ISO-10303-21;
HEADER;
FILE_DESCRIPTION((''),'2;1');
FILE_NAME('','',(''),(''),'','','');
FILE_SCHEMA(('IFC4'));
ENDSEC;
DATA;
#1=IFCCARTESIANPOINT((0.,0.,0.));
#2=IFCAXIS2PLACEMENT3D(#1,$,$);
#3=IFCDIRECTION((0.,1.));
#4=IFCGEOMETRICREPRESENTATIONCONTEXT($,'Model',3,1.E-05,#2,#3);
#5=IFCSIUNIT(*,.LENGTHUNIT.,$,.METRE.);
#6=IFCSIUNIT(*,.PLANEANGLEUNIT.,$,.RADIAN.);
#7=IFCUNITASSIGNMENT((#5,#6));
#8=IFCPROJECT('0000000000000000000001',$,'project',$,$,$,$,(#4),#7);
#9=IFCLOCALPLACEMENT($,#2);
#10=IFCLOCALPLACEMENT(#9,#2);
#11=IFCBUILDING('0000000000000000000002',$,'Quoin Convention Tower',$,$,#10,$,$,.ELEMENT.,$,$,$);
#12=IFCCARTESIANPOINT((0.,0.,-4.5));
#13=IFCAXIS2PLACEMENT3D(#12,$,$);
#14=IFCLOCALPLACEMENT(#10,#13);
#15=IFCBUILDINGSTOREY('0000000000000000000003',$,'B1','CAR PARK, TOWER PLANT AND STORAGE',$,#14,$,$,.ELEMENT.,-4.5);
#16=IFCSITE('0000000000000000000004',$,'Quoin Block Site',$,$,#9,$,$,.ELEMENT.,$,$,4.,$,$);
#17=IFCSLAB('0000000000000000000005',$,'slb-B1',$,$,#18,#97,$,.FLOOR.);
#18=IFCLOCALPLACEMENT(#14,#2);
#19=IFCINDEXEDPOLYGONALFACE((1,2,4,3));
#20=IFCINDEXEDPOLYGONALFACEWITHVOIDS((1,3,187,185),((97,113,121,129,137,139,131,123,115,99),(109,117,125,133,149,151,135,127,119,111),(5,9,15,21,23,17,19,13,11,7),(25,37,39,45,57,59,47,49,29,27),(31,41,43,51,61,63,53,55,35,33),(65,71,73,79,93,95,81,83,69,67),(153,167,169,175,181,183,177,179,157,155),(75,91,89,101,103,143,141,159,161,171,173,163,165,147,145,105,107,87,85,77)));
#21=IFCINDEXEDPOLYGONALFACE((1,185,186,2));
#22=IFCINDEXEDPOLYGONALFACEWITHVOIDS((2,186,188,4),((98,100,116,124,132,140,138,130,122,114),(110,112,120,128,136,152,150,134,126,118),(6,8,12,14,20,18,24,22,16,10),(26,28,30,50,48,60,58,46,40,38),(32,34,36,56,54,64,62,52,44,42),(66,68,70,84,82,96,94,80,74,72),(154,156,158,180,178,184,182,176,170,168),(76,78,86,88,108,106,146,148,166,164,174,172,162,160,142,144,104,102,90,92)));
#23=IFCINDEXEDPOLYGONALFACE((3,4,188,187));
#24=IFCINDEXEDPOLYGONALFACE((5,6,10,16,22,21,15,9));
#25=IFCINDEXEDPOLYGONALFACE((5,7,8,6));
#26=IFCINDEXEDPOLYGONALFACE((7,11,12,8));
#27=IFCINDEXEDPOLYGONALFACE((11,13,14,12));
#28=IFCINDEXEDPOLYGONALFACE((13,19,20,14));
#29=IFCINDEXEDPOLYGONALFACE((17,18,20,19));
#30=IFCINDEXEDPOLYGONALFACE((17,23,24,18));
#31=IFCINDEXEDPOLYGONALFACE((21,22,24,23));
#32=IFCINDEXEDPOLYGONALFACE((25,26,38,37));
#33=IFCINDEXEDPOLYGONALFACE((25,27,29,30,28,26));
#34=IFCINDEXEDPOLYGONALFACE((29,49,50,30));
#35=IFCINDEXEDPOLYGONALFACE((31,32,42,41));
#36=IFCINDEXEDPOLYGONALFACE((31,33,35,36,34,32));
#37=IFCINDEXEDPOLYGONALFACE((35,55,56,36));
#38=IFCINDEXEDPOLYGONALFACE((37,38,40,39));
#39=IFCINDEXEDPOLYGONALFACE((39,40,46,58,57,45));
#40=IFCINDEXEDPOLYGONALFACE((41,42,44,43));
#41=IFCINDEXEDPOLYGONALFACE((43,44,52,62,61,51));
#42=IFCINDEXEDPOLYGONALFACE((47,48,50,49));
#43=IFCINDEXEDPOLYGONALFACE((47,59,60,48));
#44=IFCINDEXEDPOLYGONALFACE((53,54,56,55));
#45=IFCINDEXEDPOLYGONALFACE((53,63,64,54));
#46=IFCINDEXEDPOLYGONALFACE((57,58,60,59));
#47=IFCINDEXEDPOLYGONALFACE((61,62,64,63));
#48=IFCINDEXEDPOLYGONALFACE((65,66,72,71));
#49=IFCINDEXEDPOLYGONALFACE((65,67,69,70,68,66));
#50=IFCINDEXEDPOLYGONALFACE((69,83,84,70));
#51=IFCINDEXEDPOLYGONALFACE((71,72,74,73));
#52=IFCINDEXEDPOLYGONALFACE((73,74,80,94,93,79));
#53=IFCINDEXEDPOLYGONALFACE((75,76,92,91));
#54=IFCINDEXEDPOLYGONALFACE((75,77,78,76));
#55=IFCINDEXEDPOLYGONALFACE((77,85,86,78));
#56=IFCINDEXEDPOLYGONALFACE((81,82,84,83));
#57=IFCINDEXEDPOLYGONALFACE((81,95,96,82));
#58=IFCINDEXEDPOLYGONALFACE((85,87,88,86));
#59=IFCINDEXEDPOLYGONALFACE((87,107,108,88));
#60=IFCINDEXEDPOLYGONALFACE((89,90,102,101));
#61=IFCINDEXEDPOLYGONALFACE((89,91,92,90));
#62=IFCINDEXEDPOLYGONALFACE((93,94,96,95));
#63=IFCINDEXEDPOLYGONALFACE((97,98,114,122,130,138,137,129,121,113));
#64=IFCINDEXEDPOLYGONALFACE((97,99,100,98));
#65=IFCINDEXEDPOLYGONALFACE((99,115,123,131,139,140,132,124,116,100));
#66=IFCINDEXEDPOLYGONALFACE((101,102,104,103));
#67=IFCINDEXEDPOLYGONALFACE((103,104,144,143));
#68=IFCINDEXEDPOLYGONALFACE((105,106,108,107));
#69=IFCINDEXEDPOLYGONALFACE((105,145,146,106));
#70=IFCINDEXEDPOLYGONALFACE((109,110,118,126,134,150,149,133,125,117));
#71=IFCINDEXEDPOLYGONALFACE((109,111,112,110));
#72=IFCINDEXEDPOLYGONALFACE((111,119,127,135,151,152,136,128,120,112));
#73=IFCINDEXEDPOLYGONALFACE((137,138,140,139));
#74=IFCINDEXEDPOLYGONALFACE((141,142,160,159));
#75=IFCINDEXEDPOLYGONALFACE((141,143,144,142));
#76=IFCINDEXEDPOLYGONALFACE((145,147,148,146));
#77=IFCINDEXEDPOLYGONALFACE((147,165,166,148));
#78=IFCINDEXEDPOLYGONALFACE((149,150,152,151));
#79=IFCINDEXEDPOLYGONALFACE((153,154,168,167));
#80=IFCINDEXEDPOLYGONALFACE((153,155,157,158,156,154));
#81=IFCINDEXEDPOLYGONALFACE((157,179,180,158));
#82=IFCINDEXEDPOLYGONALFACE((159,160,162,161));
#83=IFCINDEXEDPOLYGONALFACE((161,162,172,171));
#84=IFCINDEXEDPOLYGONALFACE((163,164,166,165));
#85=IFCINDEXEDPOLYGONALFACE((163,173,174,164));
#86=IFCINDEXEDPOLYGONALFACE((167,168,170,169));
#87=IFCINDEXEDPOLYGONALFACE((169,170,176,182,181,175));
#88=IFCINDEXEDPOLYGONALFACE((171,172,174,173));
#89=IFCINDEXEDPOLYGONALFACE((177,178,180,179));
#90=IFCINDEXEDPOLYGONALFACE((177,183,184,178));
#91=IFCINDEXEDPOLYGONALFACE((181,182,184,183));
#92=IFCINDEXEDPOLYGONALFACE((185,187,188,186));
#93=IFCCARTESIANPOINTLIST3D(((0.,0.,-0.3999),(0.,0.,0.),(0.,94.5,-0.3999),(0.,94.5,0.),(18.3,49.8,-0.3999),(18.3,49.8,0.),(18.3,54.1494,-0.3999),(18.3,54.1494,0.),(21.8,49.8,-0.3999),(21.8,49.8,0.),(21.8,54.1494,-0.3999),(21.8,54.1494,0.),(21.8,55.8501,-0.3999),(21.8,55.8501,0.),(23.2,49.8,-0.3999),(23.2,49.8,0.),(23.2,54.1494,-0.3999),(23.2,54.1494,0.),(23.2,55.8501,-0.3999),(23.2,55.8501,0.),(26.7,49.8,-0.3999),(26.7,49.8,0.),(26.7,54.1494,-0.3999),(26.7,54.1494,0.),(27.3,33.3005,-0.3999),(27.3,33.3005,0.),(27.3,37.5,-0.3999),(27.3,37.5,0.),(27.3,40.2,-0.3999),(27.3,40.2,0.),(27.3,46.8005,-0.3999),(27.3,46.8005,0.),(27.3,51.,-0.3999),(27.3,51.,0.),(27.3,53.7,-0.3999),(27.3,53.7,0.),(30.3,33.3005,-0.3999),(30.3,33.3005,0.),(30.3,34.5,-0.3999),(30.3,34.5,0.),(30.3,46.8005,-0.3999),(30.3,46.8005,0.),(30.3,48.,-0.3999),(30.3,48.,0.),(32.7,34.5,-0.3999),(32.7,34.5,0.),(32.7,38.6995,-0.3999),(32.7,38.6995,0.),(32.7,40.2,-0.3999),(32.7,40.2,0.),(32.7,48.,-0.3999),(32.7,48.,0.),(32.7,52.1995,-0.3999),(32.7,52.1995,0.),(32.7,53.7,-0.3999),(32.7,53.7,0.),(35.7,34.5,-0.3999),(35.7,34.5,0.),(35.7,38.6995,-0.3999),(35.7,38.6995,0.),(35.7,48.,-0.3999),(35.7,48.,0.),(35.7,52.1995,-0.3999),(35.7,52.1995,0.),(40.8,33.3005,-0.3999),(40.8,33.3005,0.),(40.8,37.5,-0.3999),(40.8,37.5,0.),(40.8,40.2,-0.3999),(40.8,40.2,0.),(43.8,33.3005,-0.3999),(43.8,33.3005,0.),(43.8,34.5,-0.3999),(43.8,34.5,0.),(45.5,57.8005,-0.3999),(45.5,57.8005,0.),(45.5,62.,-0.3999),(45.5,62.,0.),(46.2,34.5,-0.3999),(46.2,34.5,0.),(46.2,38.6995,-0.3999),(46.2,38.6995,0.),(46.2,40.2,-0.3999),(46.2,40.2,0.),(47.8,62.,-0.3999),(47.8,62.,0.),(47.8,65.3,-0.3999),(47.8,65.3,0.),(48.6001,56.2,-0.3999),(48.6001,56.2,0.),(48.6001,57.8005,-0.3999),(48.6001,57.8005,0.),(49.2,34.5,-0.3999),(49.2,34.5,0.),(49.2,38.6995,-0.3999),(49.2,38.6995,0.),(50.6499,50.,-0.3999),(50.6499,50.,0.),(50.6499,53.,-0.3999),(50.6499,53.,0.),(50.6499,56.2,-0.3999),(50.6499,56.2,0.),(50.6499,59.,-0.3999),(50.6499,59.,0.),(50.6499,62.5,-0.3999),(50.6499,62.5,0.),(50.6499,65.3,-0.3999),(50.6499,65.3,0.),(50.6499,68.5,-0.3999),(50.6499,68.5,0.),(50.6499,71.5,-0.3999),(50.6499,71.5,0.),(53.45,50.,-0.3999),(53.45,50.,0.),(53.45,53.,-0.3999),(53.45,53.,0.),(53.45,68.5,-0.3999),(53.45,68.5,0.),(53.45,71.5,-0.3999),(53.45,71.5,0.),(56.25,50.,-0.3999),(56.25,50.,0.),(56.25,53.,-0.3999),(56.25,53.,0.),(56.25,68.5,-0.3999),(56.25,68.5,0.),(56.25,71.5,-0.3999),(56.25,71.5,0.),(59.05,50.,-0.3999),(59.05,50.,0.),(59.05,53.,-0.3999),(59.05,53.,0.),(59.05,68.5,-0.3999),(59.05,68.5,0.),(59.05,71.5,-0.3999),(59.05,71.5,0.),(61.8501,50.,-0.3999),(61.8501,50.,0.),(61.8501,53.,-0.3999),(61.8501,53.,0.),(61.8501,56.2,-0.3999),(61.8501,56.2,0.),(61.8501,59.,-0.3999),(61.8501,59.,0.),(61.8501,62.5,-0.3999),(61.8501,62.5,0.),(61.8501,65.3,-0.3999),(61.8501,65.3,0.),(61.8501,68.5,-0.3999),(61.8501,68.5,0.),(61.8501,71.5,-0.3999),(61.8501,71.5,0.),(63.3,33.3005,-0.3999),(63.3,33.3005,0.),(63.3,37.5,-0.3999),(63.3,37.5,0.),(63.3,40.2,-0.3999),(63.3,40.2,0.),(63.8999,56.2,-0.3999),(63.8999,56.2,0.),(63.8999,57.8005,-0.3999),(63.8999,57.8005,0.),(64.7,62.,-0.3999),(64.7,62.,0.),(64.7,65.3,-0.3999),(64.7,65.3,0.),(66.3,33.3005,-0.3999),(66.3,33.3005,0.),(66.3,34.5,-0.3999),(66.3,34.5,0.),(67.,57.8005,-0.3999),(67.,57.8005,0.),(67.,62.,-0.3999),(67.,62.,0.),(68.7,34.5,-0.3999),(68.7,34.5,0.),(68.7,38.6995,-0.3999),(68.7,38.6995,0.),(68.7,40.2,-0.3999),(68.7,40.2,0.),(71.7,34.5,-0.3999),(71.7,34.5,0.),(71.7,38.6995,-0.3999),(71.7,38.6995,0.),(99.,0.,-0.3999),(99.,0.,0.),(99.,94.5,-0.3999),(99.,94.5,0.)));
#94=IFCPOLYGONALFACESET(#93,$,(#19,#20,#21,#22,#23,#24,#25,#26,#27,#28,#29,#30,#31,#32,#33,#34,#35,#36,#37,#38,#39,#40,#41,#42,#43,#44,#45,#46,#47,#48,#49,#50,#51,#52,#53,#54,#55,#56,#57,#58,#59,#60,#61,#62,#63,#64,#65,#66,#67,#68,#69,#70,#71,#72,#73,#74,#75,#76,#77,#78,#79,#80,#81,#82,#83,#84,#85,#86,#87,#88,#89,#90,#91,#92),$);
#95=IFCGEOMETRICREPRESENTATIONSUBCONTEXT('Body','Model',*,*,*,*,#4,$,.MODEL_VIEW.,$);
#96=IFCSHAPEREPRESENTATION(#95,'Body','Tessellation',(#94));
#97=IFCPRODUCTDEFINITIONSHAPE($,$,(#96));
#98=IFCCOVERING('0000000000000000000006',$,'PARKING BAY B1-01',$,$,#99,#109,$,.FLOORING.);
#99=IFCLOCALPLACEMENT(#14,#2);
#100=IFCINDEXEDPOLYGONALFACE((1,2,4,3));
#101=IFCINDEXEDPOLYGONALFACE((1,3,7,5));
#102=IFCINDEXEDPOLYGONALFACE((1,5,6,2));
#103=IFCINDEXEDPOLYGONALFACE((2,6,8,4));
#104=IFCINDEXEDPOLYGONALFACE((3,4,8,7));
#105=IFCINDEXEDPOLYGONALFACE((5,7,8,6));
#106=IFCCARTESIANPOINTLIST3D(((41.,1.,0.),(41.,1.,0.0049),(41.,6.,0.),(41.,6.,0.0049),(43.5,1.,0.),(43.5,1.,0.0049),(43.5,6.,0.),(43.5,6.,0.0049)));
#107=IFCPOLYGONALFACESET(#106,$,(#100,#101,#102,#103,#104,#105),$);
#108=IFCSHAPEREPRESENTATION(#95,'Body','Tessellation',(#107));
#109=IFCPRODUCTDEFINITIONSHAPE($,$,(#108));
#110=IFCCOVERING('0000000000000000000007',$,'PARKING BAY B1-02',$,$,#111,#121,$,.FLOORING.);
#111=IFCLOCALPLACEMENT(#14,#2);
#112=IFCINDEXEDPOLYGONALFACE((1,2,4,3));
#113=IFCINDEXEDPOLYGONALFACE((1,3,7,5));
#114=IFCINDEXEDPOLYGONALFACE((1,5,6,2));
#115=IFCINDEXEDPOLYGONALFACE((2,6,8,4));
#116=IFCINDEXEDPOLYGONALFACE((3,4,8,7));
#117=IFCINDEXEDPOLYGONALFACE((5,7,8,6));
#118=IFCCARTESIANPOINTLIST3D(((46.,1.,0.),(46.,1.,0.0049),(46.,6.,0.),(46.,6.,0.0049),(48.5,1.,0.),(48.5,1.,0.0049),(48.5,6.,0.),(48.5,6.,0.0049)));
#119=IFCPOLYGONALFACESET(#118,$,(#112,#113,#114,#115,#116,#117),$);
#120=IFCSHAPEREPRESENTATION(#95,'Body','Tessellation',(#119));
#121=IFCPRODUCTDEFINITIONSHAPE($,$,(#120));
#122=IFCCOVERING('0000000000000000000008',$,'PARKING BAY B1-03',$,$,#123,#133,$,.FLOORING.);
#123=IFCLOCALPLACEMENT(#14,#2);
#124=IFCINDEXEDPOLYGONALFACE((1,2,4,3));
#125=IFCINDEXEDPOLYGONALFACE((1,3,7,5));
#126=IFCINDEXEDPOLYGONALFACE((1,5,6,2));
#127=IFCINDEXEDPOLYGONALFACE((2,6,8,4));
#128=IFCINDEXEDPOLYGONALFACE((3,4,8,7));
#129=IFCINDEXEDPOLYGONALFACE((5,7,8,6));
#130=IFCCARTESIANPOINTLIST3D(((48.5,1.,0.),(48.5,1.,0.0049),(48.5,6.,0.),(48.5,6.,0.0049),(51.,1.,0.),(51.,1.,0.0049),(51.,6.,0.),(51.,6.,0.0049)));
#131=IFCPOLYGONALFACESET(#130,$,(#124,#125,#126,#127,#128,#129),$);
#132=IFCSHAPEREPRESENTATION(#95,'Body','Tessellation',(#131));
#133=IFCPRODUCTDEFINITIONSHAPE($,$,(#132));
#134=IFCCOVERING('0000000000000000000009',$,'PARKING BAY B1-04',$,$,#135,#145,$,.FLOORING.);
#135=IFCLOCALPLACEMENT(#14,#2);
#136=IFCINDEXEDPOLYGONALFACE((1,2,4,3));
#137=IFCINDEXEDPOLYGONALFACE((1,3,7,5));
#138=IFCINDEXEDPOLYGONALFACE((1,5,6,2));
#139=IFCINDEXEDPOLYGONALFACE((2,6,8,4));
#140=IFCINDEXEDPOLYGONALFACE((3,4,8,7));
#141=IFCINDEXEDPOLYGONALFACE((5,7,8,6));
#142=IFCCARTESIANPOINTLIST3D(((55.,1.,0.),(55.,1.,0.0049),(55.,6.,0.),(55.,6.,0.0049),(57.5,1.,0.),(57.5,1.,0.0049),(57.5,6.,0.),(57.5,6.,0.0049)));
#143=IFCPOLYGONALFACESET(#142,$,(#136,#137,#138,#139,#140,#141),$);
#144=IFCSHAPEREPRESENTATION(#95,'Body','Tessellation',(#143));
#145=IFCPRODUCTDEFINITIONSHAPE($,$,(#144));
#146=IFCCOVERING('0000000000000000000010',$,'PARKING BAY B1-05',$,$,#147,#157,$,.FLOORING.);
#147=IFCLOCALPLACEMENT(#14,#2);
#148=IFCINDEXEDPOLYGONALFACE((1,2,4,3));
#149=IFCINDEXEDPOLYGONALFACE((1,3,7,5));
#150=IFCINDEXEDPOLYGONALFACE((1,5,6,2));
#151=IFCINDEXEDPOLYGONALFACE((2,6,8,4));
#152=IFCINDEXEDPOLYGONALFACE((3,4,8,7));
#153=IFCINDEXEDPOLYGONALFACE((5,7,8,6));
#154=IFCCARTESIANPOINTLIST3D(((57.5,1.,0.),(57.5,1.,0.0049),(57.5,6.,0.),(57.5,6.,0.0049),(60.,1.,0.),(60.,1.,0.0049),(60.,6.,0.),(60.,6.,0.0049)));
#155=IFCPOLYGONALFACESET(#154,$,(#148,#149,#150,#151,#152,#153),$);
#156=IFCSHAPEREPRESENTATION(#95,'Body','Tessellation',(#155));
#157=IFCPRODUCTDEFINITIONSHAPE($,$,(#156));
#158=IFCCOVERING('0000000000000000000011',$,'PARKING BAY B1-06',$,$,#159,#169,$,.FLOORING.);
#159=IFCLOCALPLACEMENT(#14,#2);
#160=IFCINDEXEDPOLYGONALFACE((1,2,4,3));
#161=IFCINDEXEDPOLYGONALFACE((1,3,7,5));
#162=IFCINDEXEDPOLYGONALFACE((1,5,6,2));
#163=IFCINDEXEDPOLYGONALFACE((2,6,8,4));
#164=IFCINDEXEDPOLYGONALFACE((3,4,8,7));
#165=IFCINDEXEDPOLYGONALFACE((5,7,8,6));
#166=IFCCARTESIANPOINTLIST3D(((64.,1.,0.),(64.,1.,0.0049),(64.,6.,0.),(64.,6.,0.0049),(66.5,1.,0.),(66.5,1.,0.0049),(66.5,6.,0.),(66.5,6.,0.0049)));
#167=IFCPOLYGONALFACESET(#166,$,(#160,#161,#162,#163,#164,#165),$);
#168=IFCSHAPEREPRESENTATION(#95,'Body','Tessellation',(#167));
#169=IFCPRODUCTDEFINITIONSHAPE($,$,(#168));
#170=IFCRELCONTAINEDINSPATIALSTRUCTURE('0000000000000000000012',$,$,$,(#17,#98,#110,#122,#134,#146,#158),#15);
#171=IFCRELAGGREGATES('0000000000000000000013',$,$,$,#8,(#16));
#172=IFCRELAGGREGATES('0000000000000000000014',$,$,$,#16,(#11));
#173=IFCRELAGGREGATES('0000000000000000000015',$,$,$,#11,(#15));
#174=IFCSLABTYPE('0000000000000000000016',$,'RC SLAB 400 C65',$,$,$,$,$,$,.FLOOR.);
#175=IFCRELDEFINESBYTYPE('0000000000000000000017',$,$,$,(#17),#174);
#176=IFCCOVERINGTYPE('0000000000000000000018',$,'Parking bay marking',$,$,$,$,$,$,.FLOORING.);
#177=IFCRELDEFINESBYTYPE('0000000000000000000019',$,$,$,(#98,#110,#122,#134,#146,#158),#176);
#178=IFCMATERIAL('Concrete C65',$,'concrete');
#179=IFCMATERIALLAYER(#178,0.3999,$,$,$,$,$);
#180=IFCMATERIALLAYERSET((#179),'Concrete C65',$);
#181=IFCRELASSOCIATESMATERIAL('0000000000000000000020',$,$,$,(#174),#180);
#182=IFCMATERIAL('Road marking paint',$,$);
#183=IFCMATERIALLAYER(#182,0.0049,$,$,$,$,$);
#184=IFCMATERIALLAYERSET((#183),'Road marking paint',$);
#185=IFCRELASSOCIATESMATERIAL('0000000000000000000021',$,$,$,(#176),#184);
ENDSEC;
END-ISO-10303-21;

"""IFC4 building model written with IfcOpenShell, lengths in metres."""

from ifc_helpers import new_model, si_unit, direction, frame, origin, place, context, subcontext, project, spatial, polyline, outline, extrude, material, layer, layer_set, type_object, element, save


model = new_model("IFC4")

# Units and contexts
model_context = context("Model", 3, precision=1e-05, world=origin(), true_north=direction((0.0, 1.0)))
body_context = subcontext(model_context, "Body", "Model", "MODEL_VIEW")
ifc_project = project(units=[si_unit("LENGTHUNIT", "METRE"), si_unit("PLANEANGLEUNIT", "RADIAN")], contexts=[model_context])

# Site, building, storey
site_placement = place(None, origin())
site = spatial("IfcSite", under=ifc_project, at=site_placement, Name="Quoin Block Site", CompositionType="ELEMENT", RefElevation=4.0)
building_placement = place(site_placement, origin())
building = spatial("IfcBuilding", under=site, at=building_placement, Name="Quoin Convention Tower", CompositionType="ELEMENT")
storey_placement = place(building_placement, frame((0.0, 0.0, -4.5)))
storey = spatial("IfcBuildingStorey", under=building, at=storey_placement, Name="B1", Description="CAR PARK, TOWER PLANT AND STORAGE", CompositionType="ELEMENT", Elevation=-4.5)

# Slab
ifc_material_1 = material(Name="Concrete C65", Category="concrete")
ifc_layer_1 = layer(ifc_material_1, 0.3999)
ifc_layer_set_1 = layer_set([ifc_layer_1], Name="Concrete C65")
slab_type = type_object("IfcSlabType", Name="RC SLAB 400 C65", PredefinedType="FLOOR", material=ifc_layer_set_1)
slab_placement = place(storey_placement, frame((0.0, 0.0, -0.3999)))
element("IfcSlab", 1, at=slab_placement, inside=storey, type_object=slab_type, Name="slb-B1", PredefinedType="FLOOR", context=body_context, shape_type="SweptSolid", body=[
    extrude(outline(polyline([(0.0, 0.0), (0.0, 94.5), (99.0, 94.5), (99.0, 0.0), (0.0, 0.0)]), holes=[polyline([(30.3, 33.3005), (30.3, 34.5), (32.7, 34.5), (35.7, 34.5), (35.7, 38.6995), (32.7, 38.6995), (32.7, 40.2), (27.3, 40.2), (27.3, 37.5), (27.3, 33.3005), (30.3, 33.3005)]), polyline([(43.8, 33.3005), (43.8, 34.5), (46.2, 34.5), (49.2, 34.5), (49.2, 38.6995), (46.2, 38.6995), (46.2, 40.2), (40.8, 40.2), (40.8, 37.5), (40.8, 33.3005), (43.8, 33.3005)]), polyline([(27.3, 53.7), (27.3, 51.0), (27.3, 46.8005), (30.3, 46.8005), (30.3, 48.0), (32.7, 48.0), (35.7, 48.0), (35.7, 52.1995), (32.7, 52.1995), (32.7, 53.7), (27.3, 53.7)]), polyline([(21.8, 55.8501), (21.8, 54.1494), (18.3, 54.1494), (18.3, 49.8), (21.8, 49.8), (23.2, 49.8), (26.7, 49.8), (26.7, 54.1494), (23.2, 54.1494), (23.2, 55.8501), (21.8, 55.8501)]), polyline([(47.8, 65.3), (47.8, 62.0), (45.5, 62.0), (45.5, 57.8005), (48.6001, 57.8005), (48.6001, 56.2), (50.6499, 56.2), (50.6499, 59.0), (61.8501, 59.0), (61.8501, 56.2), (63.8999, 56.2), (63.8999, 57.8005), (67.0, 57.8005), (67.0, 62.0), (64.7, 62.0), (64.7, 65.3), (61.8501, 65.3), (61.8501, 62.5), (50.6499, 62.5), (50.6499, 65.3), (47.8, 65.3)]), polyline([(63.3, 40.2), (63.3, 37.5), (63.3, 33.3005), (66.3, 33.3005), (66.3, 34.5), (68.7, 34.5), (71.7, 34.5), (71.7, 38.6995), (68.7, 38.6995), (68.7, 40.2), (63.3, 40.2)]), polyline([(56.25, 53.0), (53.45, 53.0), (50.6499, 53.0), (50.6499, 50.0), (53.45, 50.0), (56.25, 50.0), (59.05, 50.0), (61.8501, 50.0), (61.8501, 53.0), (59.05, 53.0), (56.25, 53.0)]), polyline([(61.8501, 68.5), (61.8501, 71.5), (59.05, 71.5), (56.25, 71.5), (53.45, 71.5), (50.6499, 71.5), (50.6499, 68.5), (53.45, 68.5), (56.25, 68.5), (59.05, 68.5), (61.8501, 68.5)])]), origin(), (0.0, 0.0, 1.0), 0.3999),
])

# Coverings
ifc_material_2 = material(Name="Road marking paint")
ifc_layer_2 = layer(ifc_material_2, 0.0049)
ifc_layer_set_2 = layer_set([ifc_layer_2], Name="Road marking paint")
covering_type = type_object("IfcCoveringType", Name="Parking bay marking", PredefinedType="FLOORING", material=ifc_layer_set_2)
covering_1_placement = place(storey_placement, origin())
element("IfcCovering", 2, at=covering_1_placement, inside=storey, type_object=covering_type, Name="PARKING BAY B1-01", PredefinedType="FLOORING", context=body_context, shape_type="SweptSolid", body=[
    extrude(outline(polyline([(41.0, 1.0), (43.5, 1.0), (43.5, 6.0), (41.0, 6.0), (41.0, 1.0)])), origin(), (0.0, 0.0, 1.0), 0.0049),
])
covering_2_placement = place(storey_placement, origin())
element("IfcCovering", 3, at=covering_2_placement, inside=storey, type_object=covering_type, Name="PARKING BAY B1-02", PredefinedType="FLOORING", context=body_context, shape_type="SweptSolid", body=[
    extrude(outline(polyline([(46.0, 1.0), (48.5, 1.0), (48.5, 6.0), (46.0, 6.0), (46.0, 1.0)])), origin(), (0.0, 0.0, 1.0), 0.0049),
])
covering_3_placement = place(storey_placement, origin())
element("IfcCovering", 4, at=covering_3_placement, inside=storey, type_object=covering_type, Name="PARKING BAY B1-03", PredefinedType="FLOORING", context=body_context, shape_type="SweptSolid", body=[
    extrude(outline(polyline([(48.5, 1.0), (51.0, 1.0), (51.0, 6.0), (48.5, 6.0), (48.5, 1.0)])), origin(), (0.0, 0.0, 1.0), 0.0049),
])
covering_4_placement = place(storey_placement, origin())
element("IfcCovering", 5, at=covering_4_placement, inside=storey, type_object=covering_type, Name="PARKING BAY B1-04", PredefinedType="FLOORING", context=body_context, shape_type="SweptSolid", body=[
    extrude(outline(polyline([(55.0, 1.0), (57.5, 1.0), (57.5, 6.0), (55.0, 6.0), (55.0, 1.0)])), origin(), (0.0, 0.0, 1.0), 0.0049),
])
covering_5_placement = place(storey_placement, origin())
element("IfcCovering", 6, at=covering_5_placement, inside=storey, type_object=covering_type, Name="PARKING BAY B1-05", PredefinedType="FLOORING", context=body_context, shape_type="SweptSolid", body=[
    extrude(outline(polyline([(57.5, 1.0), (60.0, 1.0), (60.0, 6.0), (57.5, 6.0), (57.5, 1.0)])), origin(), (0.0, 0.0, 1.0), 0.0049),
])
covering_6_placement = place(storey_placement, origin())
element("IfcCovering", 7, at=covering_6_placement, inside=storey, type_object=covering_type, Name="PARKING BAY B1-06", PredefinedType="FLOORING", context=body_context, shape_type="SweptSolid", body=[
    extrude(outline(polyline([(64.0, 1.0), (66.5, 1.0), (66.5, 6.0), (64.0, 6.0), (64.0, 1.0)])), origin(), (0.0, 0.0, 1.0), 0.0049),
])

save(model, "model.ifc")
